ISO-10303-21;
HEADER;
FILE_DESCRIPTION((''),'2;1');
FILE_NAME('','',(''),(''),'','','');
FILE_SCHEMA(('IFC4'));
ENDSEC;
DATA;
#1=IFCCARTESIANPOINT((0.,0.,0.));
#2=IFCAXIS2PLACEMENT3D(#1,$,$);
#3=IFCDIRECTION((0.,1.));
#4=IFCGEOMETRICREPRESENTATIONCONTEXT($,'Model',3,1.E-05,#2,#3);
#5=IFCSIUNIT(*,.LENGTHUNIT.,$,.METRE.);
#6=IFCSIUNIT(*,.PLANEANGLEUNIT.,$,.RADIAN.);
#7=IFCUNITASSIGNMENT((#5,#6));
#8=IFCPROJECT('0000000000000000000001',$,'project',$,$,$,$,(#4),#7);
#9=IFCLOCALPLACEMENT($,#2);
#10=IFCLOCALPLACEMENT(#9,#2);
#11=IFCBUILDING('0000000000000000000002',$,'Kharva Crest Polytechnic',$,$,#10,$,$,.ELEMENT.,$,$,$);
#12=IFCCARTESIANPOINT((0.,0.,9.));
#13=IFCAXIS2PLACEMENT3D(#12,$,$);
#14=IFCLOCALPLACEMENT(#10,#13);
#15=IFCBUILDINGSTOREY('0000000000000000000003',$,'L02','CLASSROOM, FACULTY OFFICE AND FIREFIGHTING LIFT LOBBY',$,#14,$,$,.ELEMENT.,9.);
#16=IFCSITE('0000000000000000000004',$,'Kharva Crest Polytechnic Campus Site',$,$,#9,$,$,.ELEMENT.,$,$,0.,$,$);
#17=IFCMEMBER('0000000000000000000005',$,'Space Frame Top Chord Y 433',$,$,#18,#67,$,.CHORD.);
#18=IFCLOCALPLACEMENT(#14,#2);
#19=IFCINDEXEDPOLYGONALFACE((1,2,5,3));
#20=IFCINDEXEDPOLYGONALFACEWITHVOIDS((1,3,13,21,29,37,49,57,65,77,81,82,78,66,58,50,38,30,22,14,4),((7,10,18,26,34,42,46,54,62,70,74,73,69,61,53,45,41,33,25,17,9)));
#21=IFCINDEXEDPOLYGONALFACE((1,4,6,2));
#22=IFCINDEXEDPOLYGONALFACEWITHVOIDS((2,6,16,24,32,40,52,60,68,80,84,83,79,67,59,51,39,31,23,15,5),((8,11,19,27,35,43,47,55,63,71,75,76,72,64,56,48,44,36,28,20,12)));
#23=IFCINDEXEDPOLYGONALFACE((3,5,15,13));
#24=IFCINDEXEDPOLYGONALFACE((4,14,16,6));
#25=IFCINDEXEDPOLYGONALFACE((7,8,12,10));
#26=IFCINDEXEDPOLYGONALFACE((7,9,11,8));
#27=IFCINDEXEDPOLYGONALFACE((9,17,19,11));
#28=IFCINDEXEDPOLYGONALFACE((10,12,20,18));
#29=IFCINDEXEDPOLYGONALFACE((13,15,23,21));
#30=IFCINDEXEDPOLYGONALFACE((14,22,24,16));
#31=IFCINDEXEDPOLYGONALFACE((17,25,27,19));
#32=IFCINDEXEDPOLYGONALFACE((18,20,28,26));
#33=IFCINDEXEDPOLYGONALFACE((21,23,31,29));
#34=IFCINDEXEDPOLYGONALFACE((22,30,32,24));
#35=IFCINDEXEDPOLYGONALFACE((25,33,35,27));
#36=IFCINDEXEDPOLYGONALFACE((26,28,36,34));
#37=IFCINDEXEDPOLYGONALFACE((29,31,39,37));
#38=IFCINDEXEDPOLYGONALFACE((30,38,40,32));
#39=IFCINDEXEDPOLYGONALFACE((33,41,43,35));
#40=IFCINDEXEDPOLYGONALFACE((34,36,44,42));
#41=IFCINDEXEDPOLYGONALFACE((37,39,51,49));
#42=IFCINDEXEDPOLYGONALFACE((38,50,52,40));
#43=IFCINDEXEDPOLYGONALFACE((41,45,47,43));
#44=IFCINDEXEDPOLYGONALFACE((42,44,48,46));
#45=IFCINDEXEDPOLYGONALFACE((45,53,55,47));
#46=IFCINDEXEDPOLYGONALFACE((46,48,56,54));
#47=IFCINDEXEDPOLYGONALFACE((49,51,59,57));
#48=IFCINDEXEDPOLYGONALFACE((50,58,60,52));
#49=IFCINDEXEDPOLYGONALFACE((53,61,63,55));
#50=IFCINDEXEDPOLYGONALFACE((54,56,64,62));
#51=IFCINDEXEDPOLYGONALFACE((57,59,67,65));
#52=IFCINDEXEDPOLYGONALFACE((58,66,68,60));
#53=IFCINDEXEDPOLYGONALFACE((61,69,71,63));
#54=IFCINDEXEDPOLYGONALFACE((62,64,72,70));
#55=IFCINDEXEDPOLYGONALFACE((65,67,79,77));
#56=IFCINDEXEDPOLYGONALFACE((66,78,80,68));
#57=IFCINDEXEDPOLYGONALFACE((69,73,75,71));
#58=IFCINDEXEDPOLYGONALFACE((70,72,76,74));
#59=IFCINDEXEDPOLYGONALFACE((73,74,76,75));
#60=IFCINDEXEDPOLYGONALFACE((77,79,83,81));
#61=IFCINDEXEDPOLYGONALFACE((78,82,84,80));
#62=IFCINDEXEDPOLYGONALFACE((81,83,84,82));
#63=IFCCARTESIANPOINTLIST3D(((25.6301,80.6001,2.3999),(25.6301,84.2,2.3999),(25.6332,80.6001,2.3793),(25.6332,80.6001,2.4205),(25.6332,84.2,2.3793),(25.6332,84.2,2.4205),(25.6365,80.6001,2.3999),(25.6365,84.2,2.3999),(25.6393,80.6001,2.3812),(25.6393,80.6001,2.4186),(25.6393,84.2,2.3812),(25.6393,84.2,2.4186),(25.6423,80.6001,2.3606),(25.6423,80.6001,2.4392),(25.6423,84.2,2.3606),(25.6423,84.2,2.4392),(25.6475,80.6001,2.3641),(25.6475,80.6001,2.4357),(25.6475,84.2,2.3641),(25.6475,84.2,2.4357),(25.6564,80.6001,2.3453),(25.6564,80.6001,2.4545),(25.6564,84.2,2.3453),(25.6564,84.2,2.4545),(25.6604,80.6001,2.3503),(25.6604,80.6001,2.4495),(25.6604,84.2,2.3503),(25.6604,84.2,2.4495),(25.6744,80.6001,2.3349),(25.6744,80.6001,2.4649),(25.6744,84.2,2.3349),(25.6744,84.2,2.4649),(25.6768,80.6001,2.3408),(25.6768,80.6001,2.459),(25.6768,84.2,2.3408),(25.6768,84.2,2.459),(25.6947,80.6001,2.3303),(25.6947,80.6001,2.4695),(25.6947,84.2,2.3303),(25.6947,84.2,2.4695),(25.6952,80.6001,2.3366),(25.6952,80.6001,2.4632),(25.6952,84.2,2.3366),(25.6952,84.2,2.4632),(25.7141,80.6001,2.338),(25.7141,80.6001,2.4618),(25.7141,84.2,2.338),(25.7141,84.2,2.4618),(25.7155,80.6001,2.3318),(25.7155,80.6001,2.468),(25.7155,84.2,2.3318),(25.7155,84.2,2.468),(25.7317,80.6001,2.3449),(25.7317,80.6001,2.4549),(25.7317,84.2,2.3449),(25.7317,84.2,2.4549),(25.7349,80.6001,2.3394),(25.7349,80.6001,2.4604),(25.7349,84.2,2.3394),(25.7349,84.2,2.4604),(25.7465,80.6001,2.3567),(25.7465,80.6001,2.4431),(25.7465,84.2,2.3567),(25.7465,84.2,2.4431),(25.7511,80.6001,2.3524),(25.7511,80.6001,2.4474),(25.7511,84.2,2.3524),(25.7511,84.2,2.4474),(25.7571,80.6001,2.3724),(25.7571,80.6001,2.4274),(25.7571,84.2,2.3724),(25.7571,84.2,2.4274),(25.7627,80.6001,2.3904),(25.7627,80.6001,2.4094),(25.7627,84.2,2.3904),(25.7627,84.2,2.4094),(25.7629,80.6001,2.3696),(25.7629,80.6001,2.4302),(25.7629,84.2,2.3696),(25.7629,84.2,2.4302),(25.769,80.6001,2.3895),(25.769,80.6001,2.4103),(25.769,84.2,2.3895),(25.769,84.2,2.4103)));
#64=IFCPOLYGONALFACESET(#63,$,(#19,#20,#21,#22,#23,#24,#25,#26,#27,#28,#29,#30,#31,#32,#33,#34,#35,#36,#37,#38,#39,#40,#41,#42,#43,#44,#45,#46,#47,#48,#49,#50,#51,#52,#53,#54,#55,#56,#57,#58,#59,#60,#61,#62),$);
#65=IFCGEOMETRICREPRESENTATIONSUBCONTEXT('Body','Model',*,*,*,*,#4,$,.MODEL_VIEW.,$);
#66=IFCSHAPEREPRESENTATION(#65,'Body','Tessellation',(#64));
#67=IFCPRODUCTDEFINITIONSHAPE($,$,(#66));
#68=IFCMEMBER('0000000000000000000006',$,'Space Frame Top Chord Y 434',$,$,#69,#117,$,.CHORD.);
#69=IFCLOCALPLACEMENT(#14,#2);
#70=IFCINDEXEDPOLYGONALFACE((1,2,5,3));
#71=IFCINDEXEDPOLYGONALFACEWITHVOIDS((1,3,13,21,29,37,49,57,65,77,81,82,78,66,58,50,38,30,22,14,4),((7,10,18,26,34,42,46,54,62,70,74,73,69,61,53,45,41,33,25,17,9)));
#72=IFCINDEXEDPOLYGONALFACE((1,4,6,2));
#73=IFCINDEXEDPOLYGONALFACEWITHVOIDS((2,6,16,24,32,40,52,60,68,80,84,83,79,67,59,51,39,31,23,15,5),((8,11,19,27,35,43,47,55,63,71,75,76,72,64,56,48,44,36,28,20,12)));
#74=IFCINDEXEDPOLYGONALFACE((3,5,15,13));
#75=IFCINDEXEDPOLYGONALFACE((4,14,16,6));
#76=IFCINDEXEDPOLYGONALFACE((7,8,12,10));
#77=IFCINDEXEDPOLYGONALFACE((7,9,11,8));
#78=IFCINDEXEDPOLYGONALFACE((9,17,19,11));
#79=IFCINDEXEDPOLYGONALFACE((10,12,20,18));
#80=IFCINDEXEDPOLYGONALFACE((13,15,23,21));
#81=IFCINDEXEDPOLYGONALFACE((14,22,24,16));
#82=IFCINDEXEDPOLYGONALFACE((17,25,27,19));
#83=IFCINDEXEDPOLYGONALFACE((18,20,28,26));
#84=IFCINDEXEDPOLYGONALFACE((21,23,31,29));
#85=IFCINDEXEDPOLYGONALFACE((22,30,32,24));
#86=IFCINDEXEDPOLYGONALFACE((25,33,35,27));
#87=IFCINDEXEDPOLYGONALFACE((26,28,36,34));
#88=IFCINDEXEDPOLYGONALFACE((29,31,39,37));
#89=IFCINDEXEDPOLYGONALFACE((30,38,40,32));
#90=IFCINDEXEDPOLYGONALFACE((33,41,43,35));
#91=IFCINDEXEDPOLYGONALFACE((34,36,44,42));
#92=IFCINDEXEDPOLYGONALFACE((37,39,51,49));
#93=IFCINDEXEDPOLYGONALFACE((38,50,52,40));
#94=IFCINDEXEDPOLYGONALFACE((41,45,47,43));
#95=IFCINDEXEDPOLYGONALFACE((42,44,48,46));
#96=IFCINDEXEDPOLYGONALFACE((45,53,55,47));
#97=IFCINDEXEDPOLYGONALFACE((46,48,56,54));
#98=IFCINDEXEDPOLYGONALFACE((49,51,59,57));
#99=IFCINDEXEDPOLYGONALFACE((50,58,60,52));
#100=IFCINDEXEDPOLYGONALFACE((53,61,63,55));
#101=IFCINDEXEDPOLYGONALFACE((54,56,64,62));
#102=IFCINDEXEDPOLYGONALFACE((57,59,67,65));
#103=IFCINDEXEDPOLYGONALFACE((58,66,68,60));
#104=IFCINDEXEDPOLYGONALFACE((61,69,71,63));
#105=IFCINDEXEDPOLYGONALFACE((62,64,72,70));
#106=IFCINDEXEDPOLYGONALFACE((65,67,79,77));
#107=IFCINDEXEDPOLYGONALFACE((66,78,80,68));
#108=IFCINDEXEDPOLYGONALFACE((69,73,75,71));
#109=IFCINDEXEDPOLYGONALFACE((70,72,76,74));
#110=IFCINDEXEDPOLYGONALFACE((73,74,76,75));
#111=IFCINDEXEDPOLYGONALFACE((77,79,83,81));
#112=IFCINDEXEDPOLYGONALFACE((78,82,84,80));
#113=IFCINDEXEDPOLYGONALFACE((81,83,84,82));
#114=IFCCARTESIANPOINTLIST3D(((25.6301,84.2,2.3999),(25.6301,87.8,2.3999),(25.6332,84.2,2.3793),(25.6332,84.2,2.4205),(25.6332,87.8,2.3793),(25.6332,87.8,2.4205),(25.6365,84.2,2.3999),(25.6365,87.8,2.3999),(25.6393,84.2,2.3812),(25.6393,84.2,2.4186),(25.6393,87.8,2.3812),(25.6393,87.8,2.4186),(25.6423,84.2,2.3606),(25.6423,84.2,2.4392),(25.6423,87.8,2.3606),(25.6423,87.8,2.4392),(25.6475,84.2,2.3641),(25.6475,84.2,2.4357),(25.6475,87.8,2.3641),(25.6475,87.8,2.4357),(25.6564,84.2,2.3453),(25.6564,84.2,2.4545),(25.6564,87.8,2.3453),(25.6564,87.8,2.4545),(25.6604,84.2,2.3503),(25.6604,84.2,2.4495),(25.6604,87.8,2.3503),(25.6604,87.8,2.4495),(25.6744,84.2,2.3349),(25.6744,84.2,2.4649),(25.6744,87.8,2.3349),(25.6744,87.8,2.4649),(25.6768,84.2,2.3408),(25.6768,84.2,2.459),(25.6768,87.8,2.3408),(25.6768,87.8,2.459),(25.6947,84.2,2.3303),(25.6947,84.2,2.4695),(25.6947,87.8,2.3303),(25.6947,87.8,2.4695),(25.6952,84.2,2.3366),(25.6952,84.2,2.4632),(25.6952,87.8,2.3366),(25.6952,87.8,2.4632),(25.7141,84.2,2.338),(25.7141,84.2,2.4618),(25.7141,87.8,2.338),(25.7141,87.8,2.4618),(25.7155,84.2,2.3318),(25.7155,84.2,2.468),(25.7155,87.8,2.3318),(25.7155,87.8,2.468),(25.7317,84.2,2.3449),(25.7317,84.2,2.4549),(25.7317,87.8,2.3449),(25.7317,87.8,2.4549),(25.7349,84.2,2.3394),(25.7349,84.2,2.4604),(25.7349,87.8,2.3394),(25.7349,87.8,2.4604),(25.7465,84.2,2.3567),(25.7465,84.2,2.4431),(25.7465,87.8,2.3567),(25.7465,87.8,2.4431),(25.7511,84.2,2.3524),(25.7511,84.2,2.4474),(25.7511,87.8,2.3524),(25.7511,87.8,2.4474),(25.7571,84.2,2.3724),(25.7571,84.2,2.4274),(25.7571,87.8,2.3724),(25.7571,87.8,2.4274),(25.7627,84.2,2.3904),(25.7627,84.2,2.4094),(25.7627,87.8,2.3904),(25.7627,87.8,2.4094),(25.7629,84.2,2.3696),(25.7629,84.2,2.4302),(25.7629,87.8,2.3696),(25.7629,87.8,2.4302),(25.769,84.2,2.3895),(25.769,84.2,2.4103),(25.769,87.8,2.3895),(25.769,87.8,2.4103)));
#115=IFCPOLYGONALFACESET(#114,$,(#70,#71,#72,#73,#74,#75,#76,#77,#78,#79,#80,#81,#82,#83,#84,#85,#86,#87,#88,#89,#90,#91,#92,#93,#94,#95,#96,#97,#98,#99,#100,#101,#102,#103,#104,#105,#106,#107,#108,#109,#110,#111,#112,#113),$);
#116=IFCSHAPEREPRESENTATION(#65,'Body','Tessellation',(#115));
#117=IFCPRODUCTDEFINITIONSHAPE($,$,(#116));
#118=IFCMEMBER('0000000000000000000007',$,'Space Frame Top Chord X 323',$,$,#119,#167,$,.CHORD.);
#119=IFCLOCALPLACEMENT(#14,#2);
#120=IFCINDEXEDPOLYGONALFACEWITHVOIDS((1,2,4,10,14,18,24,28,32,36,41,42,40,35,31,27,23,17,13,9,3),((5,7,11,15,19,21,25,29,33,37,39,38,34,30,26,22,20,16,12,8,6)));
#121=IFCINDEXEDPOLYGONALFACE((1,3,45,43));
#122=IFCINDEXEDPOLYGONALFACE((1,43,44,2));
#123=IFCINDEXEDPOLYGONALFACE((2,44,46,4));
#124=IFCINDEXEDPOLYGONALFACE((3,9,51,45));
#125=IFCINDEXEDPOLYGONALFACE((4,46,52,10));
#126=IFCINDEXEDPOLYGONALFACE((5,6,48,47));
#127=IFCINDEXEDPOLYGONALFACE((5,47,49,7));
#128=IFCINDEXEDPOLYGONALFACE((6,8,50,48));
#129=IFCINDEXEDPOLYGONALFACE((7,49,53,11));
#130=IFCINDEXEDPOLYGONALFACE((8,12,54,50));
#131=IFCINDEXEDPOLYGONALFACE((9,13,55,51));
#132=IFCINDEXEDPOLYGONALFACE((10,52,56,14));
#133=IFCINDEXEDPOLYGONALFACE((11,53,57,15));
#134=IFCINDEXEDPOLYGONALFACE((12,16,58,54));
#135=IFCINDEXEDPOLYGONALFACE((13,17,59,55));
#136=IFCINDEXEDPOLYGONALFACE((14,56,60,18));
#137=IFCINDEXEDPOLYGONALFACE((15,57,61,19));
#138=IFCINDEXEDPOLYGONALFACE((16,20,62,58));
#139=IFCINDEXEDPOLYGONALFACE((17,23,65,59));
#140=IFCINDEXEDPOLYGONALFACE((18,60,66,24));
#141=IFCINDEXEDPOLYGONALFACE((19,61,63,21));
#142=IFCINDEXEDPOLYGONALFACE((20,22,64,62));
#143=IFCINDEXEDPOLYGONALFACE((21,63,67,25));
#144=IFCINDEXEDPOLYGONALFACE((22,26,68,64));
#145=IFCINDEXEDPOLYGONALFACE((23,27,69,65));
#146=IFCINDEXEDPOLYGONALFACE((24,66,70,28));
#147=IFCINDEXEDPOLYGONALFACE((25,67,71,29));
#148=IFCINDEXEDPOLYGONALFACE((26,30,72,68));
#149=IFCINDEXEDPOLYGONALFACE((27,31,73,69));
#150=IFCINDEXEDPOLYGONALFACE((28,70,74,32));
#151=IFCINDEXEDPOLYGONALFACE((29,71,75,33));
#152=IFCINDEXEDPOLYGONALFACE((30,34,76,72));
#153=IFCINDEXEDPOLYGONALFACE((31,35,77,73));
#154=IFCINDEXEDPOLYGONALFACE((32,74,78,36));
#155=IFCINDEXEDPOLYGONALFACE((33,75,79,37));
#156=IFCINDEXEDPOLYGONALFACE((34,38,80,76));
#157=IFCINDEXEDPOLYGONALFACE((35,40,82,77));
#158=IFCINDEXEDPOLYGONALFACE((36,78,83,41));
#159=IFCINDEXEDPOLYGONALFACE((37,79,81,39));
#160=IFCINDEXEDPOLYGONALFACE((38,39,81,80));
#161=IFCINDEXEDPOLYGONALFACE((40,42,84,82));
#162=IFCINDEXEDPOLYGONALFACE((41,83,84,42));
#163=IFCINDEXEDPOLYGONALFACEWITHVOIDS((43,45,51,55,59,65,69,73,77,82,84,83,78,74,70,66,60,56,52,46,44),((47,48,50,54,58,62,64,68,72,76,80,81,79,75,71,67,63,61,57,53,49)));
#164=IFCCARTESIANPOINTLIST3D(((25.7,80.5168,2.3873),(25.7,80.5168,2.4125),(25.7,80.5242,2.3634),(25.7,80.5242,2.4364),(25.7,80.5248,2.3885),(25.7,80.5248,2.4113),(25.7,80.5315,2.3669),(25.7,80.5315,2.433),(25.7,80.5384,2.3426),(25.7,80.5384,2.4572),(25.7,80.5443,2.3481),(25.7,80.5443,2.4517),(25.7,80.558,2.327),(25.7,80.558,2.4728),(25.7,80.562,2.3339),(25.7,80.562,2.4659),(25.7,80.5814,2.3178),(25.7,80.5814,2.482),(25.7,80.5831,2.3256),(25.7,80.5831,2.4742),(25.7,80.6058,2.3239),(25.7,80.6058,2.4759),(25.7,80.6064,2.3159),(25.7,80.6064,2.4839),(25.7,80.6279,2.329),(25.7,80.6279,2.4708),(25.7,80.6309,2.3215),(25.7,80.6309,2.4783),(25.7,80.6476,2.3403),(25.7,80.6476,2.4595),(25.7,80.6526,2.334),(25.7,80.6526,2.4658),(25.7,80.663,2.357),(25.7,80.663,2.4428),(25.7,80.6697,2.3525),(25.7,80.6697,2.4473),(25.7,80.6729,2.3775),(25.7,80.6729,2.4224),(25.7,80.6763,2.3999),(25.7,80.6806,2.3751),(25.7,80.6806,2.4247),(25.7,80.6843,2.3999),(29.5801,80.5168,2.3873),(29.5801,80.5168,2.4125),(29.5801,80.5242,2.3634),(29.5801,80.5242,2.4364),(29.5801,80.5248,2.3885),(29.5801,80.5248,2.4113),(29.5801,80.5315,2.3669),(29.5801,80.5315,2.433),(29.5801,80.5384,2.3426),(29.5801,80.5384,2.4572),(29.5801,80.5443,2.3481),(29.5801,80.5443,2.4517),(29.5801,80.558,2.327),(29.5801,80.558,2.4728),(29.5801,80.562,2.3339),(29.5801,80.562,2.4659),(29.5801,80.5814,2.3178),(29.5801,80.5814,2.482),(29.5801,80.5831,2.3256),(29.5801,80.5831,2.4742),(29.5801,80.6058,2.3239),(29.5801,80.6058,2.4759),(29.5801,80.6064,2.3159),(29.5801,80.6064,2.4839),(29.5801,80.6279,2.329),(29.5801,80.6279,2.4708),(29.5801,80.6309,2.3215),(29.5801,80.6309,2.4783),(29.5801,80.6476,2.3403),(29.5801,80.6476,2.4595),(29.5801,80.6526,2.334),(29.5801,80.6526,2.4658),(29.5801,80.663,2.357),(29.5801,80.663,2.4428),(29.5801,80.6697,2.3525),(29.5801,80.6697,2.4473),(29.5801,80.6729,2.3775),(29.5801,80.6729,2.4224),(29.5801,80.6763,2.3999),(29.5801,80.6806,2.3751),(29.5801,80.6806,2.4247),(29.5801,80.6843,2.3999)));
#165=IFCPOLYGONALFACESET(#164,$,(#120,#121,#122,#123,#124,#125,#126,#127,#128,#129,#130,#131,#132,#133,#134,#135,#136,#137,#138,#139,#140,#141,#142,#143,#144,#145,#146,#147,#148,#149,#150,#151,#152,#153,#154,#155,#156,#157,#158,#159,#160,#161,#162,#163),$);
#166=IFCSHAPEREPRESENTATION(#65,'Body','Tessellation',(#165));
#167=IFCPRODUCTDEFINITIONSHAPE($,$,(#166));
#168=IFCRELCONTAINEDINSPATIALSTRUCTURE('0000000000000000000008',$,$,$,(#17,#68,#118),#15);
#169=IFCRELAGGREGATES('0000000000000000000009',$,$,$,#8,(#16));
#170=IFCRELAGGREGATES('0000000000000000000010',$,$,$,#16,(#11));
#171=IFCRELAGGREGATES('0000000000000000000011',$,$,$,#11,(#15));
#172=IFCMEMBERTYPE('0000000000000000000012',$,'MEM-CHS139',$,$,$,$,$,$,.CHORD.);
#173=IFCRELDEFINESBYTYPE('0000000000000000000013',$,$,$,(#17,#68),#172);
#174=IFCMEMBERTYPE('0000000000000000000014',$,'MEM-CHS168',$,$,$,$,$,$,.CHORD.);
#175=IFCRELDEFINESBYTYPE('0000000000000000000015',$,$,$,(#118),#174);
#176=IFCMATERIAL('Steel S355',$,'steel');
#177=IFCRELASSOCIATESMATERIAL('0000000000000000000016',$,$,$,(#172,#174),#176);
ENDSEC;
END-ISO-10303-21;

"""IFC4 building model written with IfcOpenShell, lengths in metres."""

from ifc_helpers import new_model, si_unit, direction, frame, origin, origin_2d, place, context, subcontext, project, spatial, hollow_circle, extrude, material, material_profile, profile_set, type_object, element, save


model = new_model("IFC4")

# Units and contexts
model_context = context("Model", 3, precision=1e-05, world=origin(), true_north=direction((0.0, 1.0)))
body_context = subcontext(model_context, "Body", "Model", "MODEL_VIEW")
ifc_project = project(units=[si_unit("LENGTHUNIT", "METRE"), si_unit("PLANEANGLEUNIT", "RADIAN")], contexts=[model_context])

# Site, building, storey
site_placement = place(None, origin())
site = spatial("IfcSite", under=ifc_project, at=site_placement, Name="Kharva Crest Polytechnic Campus Site", CompositionType="ELEMENT", RefElevation=0.0)
building_placement = place(site_placement, origin())
building = spatial("IfcBuilding", under=site, at=building_placement, Name="Kharva Crest Polytechnic", CompositionType="ELEMENT")
storey_placement = place(building_placement, frame((0.0, 0.0, 9.0)))
storey = spatial("IfcBuildingStorey", under=building, at=storey_placement, Name="L02", Description="CLASSROOM, FACULTY OFFICE AND FIREFIGHTING LIFT LOBBY", CompositionType="ELEMENT", Elevation=9.0)

# Shared definitions
ifc_material_1 = material(Name="Steel S355", Category="steel")

# Members
ifc_material_profile_1 = material_profile(ifc_material_1, hollow_circle(Radius=0.0698, WallThickness=0.0063, at=origin_2d()), Name="CHS 139.7X6.3")
ifc_profile_set_1 = profile_set([ifc_material_profile_1], Name="Steel S355")
member_type_1 = type_object("IfcMemberType", Name="MEM-CHS139", PredefinedType="CHORD", material=ifc_profile_set_1)
for number, where, z_axis, x_axis, name in (
    (1, (25.7, 80.6001, 2.3999), (0.0, 1.0, 0.0), (-1.0, 0.0, 0.0), "Space Frame Top Chord Y 433"),
):
    element("IfcMember", number, at=place(storey_placement, frame(where, z_axis=z_axis, x_axis=x_axis)), inside=storey, type_object=member_type_1, Name=name, PredefinedType="CHORD", context=body_context, shape_type="SweptSolid", body=[
        extrude(hollow_circle(Radius=0.0698, WallThickness=0.0063, at=origin_2d()), origin(), (0.0, 0.0, 1.0), 3.5999),
    ])
member_1_placement = place(storey_placement, frame((25.7, 84.2, 2.3999), z_axis=(0.0, 1.0, 0.0), x_axis=(-1.0, 0.0, 0.0)))
element("IfcMember", 2, at=member_1_placement, inside=storey, type_object=member_type_1, Name="Space Frame Top Chord Y 434", PredefinedType="CHORD", context=body_context, shape_type="SweptSolid", body=[
    extrude(hollow_circle(Radius=0.0698, WallThickness=0.0063, at=origin_2d()), origin(), (0.0, 0.0, 1.0), 3.6001),
])
ifc_material_profile_2 = material_profile(ifc_material_1, hollow_circle(Radius=0.0842, WallThickness=0.0081, at=origin_2d()), Name="CHS 168.3X8.0")
ifc_profile_set_2 = profile_set([ifc_material_profile_2], Name="Steel S355")
member_type_2 = type_object("IfcMemberType", Name="MEM-CHS168", PredefinedType="CHORD", material=ifc_profile_set_2)
for number, where, z_axis, x_axis, name in (
    (3, (25.7, 80.6001, 2.3999), (1.0, 0.0, 0.0), (0.0, 1.0, 0.0), "Space Frame Top Chord X 323"),
):
    element("IfcMember", number, at=place(storey_placement, frame(where, z_axis=z_axis, x_axis=x_axis)), inside=storey, type_object=member_type_2, Name=name, PredefinedType="CHORD", context=body_context, shape_type="SweptSolid", body=[
        extrude(hollow_circle(Radius=0.0842, WallThickness=0.0081, at=origin_2d()), origin(), (0.0, 0.0, 1.0), 3.8801),
    ])

save(model, "model.ifc")
